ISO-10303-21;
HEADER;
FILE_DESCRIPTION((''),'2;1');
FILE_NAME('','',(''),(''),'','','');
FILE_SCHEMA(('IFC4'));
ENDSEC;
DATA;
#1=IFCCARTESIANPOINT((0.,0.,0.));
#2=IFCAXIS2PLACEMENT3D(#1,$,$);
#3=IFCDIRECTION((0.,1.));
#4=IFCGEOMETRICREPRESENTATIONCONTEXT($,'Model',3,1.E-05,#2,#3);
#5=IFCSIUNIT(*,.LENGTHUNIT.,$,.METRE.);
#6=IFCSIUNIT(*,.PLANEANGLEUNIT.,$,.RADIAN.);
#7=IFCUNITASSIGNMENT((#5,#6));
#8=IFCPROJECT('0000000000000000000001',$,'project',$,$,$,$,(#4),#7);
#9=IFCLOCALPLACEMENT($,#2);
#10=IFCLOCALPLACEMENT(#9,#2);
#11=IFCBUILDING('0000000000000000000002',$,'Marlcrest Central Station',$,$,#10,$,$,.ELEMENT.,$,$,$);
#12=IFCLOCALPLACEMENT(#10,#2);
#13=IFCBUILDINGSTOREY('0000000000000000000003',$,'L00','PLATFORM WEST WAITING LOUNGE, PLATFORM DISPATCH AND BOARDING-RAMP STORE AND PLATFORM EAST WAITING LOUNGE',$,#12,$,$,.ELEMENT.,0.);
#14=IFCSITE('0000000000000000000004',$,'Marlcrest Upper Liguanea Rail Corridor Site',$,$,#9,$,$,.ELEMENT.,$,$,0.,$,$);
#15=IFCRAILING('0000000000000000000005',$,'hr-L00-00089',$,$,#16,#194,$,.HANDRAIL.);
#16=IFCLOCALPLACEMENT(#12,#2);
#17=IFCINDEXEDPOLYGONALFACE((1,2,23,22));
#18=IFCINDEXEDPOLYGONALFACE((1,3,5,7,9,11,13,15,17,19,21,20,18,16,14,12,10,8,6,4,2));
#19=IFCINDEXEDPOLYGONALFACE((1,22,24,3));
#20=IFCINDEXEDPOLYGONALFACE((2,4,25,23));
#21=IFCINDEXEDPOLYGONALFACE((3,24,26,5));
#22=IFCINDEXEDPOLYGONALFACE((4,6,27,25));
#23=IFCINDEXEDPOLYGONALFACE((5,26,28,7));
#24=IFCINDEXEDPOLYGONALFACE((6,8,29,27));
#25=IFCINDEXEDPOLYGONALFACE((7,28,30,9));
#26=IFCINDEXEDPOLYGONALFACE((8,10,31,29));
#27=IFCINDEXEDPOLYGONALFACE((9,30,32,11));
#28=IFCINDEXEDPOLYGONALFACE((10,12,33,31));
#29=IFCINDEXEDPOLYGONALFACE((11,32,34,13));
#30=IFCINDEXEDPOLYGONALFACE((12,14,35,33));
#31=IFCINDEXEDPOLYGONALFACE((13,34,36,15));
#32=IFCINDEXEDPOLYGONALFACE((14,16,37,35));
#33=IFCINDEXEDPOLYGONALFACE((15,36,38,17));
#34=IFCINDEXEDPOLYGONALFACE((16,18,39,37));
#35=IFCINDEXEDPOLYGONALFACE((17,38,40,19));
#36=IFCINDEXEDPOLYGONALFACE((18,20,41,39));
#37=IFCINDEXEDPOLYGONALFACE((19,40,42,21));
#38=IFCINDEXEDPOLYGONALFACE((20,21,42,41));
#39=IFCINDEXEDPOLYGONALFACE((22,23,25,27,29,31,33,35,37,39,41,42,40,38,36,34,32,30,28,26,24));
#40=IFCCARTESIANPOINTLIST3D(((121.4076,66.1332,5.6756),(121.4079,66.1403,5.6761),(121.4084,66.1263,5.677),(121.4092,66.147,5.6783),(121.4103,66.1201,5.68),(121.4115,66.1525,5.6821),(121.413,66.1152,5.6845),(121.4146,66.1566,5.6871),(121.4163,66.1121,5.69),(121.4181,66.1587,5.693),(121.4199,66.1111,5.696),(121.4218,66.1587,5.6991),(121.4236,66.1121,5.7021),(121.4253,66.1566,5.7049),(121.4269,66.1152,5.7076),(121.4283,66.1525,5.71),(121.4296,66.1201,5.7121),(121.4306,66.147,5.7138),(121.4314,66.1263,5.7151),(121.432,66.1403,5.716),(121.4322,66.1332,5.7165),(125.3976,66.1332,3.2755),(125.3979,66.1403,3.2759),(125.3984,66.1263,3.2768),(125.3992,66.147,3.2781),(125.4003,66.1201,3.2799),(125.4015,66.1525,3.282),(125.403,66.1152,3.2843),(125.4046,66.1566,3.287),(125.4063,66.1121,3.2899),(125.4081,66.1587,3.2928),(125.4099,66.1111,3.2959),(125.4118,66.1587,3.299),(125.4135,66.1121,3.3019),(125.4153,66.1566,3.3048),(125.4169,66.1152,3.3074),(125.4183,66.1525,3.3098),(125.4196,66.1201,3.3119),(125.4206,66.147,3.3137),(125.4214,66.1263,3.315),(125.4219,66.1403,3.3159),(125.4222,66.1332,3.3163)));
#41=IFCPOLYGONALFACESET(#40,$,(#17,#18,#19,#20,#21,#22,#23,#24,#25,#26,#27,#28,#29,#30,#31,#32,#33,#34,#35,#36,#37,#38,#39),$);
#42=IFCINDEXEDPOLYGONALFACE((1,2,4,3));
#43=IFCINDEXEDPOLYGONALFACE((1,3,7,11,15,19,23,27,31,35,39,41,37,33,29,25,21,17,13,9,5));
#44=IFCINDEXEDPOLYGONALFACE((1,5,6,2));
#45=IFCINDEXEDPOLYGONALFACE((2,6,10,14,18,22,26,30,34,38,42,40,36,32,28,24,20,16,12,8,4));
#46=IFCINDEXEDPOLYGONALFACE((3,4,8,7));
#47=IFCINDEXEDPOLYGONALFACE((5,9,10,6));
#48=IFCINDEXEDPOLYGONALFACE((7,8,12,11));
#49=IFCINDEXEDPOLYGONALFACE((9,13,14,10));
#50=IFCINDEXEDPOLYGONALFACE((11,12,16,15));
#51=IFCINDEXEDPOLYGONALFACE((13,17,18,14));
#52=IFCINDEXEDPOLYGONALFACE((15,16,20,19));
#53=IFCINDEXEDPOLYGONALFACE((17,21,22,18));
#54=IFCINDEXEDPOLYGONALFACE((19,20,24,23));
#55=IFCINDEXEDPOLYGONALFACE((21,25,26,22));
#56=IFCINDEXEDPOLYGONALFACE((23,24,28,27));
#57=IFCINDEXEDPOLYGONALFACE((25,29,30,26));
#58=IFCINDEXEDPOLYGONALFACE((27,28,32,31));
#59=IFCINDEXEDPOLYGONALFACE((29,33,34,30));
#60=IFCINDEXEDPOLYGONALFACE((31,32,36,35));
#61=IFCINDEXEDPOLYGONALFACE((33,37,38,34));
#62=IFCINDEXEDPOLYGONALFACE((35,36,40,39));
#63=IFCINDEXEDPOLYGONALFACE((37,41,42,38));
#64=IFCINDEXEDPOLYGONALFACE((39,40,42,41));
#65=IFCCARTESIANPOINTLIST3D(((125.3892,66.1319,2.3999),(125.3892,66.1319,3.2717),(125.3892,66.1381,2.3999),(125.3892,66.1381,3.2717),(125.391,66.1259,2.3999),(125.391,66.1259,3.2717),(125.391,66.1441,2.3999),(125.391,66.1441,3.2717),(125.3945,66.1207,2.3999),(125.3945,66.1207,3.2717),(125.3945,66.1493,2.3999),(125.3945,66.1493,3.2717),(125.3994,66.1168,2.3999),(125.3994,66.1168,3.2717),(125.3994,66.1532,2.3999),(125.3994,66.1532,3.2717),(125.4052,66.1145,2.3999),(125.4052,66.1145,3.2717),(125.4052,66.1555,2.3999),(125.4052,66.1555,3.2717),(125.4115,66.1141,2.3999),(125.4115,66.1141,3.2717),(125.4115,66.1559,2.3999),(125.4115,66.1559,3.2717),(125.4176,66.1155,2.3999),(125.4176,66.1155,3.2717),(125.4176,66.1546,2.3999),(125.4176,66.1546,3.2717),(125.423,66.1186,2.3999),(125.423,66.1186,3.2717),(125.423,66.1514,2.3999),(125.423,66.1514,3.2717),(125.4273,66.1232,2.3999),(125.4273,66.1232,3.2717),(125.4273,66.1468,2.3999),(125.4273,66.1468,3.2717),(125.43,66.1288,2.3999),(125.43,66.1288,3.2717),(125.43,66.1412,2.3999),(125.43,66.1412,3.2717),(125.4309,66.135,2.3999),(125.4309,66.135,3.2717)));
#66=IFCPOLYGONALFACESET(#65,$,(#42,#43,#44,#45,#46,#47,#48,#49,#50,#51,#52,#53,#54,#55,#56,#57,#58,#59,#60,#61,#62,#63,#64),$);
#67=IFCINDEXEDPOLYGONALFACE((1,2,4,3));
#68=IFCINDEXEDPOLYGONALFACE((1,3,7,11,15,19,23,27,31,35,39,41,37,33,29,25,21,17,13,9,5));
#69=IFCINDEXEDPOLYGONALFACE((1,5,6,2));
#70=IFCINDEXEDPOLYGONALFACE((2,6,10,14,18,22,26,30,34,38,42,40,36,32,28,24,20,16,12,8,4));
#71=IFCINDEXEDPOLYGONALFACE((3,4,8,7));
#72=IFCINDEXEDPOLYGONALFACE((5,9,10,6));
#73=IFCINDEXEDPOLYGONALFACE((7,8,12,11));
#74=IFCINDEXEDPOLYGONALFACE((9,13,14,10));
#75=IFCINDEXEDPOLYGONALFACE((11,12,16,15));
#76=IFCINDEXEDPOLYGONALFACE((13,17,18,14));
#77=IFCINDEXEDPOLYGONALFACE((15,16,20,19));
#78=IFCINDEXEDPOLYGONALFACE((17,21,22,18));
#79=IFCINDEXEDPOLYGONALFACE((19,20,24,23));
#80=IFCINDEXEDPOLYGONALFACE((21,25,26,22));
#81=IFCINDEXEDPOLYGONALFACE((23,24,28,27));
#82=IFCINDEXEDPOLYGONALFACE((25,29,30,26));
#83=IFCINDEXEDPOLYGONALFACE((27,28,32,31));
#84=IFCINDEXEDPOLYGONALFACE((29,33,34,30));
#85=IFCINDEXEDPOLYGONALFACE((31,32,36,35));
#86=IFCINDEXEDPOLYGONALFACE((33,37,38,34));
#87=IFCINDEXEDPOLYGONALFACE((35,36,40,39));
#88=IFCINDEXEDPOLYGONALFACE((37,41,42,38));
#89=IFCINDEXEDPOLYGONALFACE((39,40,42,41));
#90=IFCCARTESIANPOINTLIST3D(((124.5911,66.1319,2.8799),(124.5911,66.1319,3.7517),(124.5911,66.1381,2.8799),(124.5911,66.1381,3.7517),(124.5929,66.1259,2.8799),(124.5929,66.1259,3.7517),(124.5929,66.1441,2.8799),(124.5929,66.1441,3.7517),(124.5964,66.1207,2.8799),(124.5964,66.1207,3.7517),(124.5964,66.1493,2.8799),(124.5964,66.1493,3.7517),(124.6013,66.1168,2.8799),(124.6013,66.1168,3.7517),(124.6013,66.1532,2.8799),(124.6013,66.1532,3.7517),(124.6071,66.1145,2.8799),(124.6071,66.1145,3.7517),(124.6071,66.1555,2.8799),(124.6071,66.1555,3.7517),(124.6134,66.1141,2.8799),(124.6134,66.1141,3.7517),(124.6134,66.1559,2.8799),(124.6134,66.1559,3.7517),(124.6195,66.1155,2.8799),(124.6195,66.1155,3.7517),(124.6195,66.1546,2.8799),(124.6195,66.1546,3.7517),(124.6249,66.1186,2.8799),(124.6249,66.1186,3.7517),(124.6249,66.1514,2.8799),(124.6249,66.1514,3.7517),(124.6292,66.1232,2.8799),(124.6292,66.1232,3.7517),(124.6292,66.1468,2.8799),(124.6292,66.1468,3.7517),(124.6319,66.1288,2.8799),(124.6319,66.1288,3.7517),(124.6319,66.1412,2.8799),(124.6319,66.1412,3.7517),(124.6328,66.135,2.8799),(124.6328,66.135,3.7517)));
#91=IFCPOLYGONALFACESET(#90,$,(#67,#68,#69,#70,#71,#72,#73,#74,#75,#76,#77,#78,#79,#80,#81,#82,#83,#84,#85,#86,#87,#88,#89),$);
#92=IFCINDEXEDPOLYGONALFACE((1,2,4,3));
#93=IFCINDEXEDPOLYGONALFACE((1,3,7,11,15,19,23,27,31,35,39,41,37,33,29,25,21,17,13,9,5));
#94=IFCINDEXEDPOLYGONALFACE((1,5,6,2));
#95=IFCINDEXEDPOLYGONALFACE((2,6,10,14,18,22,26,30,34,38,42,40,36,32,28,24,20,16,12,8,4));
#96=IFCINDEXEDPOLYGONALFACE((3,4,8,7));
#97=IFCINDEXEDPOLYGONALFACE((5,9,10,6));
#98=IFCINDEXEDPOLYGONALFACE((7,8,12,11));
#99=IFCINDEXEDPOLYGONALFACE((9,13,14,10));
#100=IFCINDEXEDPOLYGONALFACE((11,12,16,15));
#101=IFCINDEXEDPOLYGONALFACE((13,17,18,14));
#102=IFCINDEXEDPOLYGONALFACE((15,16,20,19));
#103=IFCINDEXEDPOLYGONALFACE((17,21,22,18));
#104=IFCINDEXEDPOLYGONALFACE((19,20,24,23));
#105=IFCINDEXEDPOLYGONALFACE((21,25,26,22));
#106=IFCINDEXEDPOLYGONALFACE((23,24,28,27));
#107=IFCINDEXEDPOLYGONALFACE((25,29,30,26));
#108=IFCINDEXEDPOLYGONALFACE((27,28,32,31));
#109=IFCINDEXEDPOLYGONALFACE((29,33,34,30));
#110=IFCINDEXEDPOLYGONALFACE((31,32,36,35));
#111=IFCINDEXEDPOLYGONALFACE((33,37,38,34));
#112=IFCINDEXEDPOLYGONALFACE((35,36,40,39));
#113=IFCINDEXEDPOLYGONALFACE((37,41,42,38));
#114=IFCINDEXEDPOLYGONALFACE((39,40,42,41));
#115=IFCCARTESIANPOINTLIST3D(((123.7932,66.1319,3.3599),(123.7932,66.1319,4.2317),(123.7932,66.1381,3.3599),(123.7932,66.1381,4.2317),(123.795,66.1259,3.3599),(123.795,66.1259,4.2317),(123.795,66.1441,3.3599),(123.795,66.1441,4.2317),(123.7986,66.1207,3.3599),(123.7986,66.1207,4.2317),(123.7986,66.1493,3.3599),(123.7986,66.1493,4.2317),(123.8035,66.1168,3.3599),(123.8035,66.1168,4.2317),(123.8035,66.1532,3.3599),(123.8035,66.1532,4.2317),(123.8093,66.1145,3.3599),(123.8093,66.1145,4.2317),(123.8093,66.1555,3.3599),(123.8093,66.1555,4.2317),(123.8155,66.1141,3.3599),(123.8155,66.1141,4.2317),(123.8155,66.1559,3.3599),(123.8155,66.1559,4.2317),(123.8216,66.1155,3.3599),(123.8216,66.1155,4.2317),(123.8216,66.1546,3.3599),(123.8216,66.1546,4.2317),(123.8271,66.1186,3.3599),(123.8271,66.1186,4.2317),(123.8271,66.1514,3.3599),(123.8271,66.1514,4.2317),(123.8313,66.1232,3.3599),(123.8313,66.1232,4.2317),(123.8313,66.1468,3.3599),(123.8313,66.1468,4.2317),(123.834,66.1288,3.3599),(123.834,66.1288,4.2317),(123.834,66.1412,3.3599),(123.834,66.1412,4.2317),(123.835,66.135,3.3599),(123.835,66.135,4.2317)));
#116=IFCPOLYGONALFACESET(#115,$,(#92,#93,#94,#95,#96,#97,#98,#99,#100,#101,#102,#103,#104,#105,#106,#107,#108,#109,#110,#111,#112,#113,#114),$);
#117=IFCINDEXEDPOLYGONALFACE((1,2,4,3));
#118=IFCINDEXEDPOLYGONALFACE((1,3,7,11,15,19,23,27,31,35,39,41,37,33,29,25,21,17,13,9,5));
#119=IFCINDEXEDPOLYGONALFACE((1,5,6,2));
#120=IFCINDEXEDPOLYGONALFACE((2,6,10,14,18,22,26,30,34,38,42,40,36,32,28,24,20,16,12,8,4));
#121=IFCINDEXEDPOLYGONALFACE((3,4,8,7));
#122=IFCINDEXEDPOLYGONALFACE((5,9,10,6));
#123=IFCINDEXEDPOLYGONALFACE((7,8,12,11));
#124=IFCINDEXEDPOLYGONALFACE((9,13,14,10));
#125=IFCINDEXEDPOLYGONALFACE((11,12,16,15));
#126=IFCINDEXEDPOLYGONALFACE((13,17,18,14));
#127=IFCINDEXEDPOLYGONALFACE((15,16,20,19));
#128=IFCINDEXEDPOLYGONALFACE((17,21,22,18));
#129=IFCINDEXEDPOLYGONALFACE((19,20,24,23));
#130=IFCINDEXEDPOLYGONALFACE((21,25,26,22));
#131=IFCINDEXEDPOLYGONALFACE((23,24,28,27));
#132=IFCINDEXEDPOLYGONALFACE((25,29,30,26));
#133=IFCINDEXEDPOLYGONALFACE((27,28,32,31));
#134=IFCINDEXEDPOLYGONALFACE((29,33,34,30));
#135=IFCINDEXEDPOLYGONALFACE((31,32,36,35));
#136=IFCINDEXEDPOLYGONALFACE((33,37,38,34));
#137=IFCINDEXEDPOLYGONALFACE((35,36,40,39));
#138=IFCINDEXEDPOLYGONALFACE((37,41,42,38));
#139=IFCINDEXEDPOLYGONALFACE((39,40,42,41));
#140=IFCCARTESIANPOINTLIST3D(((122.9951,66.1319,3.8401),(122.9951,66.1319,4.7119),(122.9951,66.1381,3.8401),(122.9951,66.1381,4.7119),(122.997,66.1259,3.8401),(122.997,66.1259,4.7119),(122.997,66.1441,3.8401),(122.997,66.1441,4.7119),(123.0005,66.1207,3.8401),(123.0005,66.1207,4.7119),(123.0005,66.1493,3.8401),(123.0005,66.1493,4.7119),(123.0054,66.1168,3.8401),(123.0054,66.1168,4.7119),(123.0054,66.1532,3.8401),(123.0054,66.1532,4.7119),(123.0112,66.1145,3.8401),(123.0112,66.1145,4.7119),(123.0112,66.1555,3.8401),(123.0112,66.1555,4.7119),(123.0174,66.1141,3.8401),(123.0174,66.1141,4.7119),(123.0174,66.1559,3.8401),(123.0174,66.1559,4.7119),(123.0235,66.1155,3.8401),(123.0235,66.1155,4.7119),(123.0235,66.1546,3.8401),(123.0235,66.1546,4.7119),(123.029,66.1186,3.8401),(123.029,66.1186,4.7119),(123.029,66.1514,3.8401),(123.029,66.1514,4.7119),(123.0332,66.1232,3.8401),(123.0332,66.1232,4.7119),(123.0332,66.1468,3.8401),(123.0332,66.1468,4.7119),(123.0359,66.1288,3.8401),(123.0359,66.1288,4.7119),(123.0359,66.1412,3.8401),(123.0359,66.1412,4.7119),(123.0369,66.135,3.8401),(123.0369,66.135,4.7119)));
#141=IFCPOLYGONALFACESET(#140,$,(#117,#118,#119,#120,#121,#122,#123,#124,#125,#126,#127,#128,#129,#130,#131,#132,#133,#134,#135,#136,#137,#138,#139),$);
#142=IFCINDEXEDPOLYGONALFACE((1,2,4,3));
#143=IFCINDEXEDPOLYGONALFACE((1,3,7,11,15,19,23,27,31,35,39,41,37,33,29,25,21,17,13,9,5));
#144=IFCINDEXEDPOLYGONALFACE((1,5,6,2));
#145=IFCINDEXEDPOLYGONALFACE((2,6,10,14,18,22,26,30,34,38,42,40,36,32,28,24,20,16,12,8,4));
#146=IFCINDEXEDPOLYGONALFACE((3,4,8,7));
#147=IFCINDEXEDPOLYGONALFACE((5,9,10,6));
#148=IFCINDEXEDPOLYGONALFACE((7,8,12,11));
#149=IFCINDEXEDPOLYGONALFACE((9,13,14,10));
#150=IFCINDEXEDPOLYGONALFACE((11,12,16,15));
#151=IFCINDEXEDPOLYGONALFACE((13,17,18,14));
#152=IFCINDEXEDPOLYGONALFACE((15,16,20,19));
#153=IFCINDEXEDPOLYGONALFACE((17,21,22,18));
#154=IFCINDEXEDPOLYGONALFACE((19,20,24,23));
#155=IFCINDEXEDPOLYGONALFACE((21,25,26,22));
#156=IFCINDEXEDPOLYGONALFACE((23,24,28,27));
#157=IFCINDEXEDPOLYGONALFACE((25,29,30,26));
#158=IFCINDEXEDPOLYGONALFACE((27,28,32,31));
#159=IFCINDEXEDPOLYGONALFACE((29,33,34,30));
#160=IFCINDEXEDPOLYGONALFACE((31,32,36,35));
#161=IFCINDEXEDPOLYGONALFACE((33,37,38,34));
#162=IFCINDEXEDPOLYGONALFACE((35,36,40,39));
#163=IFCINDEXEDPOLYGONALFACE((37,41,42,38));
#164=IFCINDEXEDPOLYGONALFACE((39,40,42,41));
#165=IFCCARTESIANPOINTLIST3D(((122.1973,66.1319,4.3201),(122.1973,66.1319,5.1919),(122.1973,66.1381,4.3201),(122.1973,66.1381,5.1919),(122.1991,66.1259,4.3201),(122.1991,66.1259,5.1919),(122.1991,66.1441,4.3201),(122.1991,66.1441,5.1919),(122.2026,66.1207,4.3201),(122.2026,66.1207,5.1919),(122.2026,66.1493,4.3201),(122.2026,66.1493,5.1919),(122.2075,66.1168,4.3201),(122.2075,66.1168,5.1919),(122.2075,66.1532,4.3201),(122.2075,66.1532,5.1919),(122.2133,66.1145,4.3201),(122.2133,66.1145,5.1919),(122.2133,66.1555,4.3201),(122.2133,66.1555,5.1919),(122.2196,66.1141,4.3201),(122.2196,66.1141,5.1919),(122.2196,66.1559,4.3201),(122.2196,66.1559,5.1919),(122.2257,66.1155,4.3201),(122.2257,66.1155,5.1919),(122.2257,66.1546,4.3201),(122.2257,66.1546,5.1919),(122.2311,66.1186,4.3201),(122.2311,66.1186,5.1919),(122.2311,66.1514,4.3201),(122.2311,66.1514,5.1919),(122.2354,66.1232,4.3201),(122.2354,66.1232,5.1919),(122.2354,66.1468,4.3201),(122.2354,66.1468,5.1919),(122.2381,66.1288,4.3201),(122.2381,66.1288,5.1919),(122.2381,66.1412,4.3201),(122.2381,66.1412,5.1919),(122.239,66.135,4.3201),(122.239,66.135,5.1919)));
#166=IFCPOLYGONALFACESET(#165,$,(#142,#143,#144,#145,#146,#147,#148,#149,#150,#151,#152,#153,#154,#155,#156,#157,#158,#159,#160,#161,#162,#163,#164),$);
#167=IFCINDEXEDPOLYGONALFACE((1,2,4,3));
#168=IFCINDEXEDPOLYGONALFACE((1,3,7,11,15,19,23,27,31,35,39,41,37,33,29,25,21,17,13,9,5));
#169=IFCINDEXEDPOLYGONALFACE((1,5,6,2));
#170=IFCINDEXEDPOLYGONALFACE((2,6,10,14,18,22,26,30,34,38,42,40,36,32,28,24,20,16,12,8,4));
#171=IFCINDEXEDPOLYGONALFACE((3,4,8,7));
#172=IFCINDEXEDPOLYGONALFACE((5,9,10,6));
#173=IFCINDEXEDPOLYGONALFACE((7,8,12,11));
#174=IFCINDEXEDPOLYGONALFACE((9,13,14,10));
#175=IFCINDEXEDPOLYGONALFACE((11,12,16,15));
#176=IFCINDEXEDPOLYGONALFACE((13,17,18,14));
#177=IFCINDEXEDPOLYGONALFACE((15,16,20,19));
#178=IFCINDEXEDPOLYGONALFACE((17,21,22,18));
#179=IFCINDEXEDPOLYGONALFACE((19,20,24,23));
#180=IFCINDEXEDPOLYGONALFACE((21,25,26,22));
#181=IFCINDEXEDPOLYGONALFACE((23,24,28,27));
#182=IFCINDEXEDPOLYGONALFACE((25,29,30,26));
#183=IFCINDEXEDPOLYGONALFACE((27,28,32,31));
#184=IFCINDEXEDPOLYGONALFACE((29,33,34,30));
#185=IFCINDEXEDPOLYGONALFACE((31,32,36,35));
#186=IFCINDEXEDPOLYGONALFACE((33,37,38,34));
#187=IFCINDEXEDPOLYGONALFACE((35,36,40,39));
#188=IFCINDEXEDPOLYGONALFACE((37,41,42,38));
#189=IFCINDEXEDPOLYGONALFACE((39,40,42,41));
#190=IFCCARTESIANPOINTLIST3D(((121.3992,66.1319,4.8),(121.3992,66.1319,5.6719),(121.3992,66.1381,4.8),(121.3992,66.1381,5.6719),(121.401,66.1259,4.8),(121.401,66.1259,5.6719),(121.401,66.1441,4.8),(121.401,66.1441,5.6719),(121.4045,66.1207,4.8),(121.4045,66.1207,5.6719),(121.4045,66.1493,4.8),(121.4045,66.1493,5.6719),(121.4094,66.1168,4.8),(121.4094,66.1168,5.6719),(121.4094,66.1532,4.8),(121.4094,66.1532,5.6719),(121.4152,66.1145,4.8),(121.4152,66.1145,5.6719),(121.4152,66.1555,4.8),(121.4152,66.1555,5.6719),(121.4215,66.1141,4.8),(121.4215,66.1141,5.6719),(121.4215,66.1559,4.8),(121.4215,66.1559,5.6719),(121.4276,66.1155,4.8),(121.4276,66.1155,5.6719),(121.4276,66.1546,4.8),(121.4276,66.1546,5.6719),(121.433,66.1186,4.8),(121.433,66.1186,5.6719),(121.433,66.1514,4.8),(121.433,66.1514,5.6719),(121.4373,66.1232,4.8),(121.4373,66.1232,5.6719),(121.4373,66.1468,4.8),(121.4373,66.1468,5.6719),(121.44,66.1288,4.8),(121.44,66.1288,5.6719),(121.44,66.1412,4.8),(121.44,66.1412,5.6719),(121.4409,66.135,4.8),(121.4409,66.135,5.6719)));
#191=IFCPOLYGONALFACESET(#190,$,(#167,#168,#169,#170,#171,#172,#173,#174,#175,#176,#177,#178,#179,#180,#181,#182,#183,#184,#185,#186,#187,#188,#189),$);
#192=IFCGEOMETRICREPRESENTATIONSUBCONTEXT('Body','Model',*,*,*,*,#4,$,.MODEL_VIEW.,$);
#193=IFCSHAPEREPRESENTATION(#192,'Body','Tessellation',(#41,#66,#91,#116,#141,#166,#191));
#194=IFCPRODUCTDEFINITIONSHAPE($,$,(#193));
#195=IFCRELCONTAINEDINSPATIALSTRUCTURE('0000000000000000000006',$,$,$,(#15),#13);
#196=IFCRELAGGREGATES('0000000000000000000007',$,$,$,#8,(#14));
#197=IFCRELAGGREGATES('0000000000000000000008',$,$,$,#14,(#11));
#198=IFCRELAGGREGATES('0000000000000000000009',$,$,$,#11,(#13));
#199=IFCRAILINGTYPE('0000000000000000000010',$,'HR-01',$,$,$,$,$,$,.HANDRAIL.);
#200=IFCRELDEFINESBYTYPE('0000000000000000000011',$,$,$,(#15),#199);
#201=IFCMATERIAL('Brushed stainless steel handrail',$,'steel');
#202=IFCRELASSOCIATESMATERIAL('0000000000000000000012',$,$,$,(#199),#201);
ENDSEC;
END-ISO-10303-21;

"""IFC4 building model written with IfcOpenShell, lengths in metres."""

from ifc_helpers import new_model, si_unit, direction, frame, origin, origin_2d, place, context, subcontext, project, spatial, circle, extrude, material, type_object, element, save


model = new_model("IFC4")

# Units and contexts
model_context = context("Model", 3, precision=1e-05, world=origin(), true_north=direction((0.0, 1.0)))
body_context = subcontext(model_context, "Body", "Model", "MODEL_VIEW")
ifc_project = project(units=[si_unit("LENGTHUNIT", "METRE"), si_unit("PLANEANGLEUNIT", "RADIAN")], contexts=[model_context])

# Site, building, storey
site_placement = place(None, origin())
site = spatial("IfcSite", under=ifc_project, at=site_placement, Name="Marlcrest Upper Liguanea Rail Corridor Site", CompositionType="ELEMENT", RefElevation=0.0)
building_placement = place(site_placement, origin())
building = spatial("IfcBuilding", under=site, at=building_placement, Name="Marlcrest Central Station", CompositionType="ELEMENT")
storey_placement = place(building_placement, origin())
storey = spatial("IfcBuildingStorey", under=building, at=storey_placement, Name="L00", Description="PLATFORM WEST WAITING LOUNGE, PLATFORM DISPATCH AND BOARDING-RAMP STORE AND PLATFORM EAST WAITING LOUNGE", CompositionType="ELEMENT", Elevation=0.0)

# Railing
ifc_material_1 = material(Name="Brushed stainless steel handrail", Category="steel")
railing_type_1 = type_object("IfcRailingType", Name="HR-01", PredefinedType="HANDRAIL", material=ifc_material_1)
railing_1_placement = place(storey_placement, frame((125.4099, 66.135, 2.3999)))
element("IfcRailing", 1, at=railing_1_placement, inside=storey, type_object=railing_type_1, Name="hr-L00-00089", PredefinedType="HANDRAIL", context=body_context, shape_type="SweptSolid", body=[
    extrude(circle(Radius=0.0239, at=origin_2d()), frame((0.0, 0.0, 0.896), z_axis=(-0.856909, 0.0, 0.515467), x_axis=(0.0, -1.0, 0.0)), (0.0, 0.0, 1.0), 4.6562),
    extrude(circle(Radius=0.021, at=origin_2d()), origin(), (0.0, 0.0, 1.0), 0.8718),
    extrude(circle(Radius=0.021, at=origin_2d()), frame((-0.7981, 0.0, 0.48)), (0.0, 0.0, 1.0), 0.8718),
    extrude(circle(Radius=0.021, at=origin_2d()), frame((-1.5959, 0.0, 0.96)), (0.0, 0.0, 1.0), 0.8718),
    extrude(circle(Radius=0.021, at=origin_2d()), frame((-2.394, 0.0, 1.4402)), (0.0, 0.0, 1.0), 0.8718),
    extrude(circle(Radius=0.021, at=origin_2d()), frame((-3.1919, 0.0, 1.9202)), (0.0, 0.0, 1.0), 0.8718),
    extrude(circle(Radius=0.021, at=origin_2d()), frame((-3.99, 0.0, 2.4001)), (0.0, 0.0, 1.0), 0.8718),
])

save(model, "model.ifc")
